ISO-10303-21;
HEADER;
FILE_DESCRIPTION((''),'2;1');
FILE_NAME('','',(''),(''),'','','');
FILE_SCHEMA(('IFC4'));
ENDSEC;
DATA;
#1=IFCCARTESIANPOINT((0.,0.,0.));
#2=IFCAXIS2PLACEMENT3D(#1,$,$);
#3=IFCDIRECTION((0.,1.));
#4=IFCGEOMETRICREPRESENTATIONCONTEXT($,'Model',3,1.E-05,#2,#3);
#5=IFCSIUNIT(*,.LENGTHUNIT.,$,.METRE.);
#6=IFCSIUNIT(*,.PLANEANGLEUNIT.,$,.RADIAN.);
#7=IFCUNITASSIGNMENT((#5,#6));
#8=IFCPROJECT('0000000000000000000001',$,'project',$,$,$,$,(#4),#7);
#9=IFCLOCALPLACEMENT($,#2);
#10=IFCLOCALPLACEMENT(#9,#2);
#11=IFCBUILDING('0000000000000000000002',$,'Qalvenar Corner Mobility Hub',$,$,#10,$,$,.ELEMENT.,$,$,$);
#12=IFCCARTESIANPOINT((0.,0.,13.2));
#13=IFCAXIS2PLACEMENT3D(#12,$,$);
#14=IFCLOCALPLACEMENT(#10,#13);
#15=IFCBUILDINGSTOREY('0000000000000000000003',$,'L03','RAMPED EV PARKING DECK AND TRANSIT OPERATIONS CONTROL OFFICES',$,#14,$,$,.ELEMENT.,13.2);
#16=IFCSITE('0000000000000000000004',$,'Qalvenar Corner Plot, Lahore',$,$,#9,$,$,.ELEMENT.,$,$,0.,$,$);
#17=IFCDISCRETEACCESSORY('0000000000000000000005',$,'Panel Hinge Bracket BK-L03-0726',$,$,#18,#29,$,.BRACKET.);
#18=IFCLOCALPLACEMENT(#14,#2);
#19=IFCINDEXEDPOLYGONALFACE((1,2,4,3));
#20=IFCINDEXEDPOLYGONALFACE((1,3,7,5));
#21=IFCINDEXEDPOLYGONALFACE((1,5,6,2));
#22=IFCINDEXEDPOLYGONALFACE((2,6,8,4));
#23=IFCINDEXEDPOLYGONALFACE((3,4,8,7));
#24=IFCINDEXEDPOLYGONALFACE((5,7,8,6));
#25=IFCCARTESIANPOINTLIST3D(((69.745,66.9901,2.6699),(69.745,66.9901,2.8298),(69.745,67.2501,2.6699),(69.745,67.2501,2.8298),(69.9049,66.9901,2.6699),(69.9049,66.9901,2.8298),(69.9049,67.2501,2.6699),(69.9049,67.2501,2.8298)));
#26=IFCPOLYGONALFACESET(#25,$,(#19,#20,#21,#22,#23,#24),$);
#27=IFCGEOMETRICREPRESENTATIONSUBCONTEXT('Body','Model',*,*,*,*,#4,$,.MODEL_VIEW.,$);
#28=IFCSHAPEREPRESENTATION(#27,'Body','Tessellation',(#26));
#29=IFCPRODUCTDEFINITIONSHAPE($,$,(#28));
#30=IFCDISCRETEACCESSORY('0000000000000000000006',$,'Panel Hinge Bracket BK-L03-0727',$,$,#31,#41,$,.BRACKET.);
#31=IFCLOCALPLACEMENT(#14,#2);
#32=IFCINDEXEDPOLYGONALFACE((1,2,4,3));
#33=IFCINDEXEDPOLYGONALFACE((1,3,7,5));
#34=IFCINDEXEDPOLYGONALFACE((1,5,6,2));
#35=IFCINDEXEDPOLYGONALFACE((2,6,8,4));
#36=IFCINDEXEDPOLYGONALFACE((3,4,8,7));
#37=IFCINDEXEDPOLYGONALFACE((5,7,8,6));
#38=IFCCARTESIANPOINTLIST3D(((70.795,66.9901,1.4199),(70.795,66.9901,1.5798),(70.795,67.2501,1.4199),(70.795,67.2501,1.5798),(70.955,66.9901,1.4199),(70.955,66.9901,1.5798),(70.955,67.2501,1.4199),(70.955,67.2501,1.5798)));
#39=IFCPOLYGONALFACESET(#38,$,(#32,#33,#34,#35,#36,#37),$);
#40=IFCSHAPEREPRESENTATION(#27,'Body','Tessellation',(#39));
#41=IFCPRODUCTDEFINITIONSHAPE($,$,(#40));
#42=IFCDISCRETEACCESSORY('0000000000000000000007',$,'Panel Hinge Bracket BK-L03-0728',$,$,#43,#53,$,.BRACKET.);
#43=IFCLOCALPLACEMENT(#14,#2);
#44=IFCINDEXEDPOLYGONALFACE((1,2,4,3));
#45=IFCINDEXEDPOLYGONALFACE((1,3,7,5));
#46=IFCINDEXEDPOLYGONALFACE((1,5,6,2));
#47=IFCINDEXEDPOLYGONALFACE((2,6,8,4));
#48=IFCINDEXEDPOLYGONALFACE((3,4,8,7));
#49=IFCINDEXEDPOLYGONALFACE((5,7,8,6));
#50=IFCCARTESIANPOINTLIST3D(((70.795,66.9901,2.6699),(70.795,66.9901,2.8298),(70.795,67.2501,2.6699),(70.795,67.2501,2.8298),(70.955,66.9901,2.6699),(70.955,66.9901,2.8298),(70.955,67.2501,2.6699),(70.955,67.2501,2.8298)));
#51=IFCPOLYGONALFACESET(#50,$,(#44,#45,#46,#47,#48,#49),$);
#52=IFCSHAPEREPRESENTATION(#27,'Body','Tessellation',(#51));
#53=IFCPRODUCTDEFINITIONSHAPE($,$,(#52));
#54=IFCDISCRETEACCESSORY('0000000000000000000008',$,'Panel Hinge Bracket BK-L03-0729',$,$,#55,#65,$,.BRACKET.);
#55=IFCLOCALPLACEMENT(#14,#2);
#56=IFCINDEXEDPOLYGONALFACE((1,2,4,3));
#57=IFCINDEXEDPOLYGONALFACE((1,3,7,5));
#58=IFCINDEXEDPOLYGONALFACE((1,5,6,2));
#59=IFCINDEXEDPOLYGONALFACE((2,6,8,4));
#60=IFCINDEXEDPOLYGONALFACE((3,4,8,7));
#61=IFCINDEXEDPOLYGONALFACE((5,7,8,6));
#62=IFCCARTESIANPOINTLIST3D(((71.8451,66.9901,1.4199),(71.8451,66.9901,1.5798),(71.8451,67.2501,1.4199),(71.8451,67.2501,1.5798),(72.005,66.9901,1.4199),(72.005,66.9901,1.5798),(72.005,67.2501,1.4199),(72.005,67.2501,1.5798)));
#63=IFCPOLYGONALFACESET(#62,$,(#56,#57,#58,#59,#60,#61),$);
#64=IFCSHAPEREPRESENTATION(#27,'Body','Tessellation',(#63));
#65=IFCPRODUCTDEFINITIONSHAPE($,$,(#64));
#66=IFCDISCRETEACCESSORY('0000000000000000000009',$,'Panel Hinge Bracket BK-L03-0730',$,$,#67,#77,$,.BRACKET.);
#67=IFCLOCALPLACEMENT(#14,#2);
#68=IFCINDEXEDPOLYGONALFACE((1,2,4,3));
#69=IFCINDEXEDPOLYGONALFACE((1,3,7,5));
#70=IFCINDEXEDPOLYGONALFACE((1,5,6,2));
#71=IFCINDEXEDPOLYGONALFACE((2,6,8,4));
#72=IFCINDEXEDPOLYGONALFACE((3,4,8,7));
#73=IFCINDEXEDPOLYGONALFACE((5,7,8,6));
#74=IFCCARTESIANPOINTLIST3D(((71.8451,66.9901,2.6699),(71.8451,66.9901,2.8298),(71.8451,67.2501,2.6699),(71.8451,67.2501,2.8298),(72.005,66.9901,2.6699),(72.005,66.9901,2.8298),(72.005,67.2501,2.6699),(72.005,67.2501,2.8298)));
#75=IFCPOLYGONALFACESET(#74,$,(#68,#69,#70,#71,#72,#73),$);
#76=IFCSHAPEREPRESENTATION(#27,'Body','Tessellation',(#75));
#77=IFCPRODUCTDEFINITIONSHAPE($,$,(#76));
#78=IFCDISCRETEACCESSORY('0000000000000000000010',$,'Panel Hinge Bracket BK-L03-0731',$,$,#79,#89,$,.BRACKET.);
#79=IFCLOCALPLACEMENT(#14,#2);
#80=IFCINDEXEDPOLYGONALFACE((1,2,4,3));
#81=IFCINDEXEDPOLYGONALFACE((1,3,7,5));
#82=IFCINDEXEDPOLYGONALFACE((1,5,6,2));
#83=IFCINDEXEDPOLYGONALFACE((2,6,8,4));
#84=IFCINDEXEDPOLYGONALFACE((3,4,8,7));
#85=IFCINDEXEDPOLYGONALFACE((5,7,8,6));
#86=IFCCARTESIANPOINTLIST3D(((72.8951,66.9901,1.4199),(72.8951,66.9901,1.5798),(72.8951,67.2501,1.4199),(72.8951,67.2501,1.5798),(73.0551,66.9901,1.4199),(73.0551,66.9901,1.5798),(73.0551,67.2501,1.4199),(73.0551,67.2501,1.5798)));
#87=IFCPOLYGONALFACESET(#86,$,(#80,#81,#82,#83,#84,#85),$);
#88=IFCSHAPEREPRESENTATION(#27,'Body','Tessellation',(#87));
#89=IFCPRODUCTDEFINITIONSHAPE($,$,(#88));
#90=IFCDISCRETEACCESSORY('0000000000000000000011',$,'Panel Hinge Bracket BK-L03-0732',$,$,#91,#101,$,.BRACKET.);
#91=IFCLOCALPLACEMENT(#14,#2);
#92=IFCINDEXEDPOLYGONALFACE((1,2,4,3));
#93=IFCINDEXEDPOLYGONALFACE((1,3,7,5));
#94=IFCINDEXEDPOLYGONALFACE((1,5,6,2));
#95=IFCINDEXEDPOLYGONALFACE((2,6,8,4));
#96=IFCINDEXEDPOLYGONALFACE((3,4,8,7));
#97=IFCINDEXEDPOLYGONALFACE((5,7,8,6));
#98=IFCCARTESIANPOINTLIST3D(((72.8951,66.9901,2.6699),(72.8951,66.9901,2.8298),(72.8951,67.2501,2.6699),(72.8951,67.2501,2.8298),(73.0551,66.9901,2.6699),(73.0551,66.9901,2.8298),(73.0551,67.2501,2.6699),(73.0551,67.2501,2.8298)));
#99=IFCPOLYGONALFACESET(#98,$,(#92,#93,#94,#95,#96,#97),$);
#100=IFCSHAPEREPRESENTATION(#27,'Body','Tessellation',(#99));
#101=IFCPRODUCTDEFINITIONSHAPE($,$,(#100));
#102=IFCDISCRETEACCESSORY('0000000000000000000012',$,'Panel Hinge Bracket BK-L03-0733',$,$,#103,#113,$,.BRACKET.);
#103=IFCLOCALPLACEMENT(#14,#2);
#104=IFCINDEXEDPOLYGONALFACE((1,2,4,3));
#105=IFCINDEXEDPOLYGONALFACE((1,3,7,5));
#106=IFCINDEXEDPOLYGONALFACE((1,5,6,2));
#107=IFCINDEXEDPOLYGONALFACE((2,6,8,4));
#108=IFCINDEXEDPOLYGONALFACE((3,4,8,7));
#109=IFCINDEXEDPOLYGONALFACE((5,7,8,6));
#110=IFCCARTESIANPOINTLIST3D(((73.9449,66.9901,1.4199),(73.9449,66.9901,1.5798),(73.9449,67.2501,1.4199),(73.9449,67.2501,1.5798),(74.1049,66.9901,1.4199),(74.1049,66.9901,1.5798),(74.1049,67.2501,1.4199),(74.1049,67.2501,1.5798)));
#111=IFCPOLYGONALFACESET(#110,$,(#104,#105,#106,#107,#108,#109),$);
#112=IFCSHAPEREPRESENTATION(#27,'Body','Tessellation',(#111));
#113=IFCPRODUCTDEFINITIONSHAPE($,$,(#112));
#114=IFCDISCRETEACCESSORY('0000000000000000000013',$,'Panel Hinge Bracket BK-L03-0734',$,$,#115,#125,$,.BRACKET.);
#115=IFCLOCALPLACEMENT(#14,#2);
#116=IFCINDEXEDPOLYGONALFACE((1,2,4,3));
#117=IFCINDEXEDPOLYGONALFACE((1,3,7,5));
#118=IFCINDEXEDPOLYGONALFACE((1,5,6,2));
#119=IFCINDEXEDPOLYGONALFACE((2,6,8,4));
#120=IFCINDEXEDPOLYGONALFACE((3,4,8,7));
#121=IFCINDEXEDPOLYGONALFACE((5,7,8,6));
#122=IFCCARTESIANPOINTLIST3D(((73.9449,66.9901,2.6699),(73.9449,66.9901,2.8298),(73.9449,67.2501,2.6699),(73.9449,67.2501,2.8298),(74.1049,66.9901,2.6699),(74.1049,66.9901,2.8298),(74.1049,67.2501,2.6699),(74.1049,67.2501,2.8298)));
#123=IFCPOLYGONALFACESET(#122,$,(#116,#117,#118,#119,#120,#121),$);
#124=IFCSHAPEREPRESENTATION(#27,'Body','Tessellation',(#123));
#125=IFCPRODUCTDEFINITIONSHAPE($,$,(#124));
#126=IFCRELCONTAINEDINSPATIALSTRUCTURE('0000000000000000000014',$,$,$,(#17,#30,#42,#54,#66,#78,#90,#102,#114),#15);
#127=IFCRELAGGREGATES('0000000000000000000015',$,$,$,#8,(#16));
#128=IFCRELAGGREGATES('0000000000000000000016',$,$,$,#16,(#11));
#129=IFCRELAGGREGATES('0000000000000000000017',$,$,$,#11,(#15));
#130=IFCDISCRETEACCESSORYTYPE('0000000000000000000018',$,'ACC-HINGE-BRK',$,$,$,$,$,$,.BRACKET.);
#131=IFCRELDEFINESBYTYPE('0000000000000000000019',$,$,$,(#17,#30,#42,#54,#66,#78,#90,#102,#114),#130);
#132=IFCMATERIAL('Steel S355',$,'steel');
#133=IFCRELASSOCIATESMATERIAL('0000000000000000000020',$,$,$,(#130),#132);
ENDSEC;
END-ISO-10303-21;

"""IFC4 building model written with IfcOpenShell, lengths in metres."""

from ifc_helpers import new_model, si_unit, direction, frame, origin, origin_2d, place, context, subcontext, project, spatial, rectangle, extrude, material, type_object, element, save


model = new_model("IFC4")

# Units and contexts
model_context = context("Model", 3, precision=1e-05, world=origin(), true_north=direction((0.0, 1.0)))
body_context = subcontext(model_context, "Body", "Model", "MODEL_VIEW")
ifc_project = project(units=[si_unit("LENGTHUNIT", "METRE"), si_unit("PLANEANGLEUNIT", "RADIAN")], contexts=[model_context])

# Site, building, storey
site_placement = place(None, origin())
site = spatial("IfcSite", under=ifc_project, at=site_placement, Name="Qalvenar Corner Plot, Lahore", CompositionType="ELEMENT", RefElevation=0.0)
building_placement = place(site_placement, origin())
building = spatial("IfcBuilding", under=site, at=building_placement, Name="Qalvenar Corner Mobility Hub", CompositionType="ELEMENT")
storey_placement = place(building_placement, frame((0.0, 0.0, 13.2)))
storey = spatial("IfcBuildingStorey", under=building, at=storey_placement, Name="L03", Description="RAMPED EV PARKING DECK AND TRANSIT OPERATIONS CONTROL OFFICES", CompositionType="ELEMENT", Elevation=13.2)

# Discrete accessories
ifc_material_1 = material(Name="Steel S355", Category="steel")
discrete_accessory_type = type_object("IfcDiscreteAccessoryType", Name="ACC-HINGE-BRK", PredefinedType="BRACKET", material=ifc_material_1)
for number, where, z_axis, x_axis, name in (
    (1, (69.825, 67.1201, 2.6699), (0.0, 0.0, 1.0), (1.0, 0.0, 0.0), "Panel Hinge Bracket BK-L03-0726"),
    (2, (70.875, 67.1201, 1.4199), (0.0, 0.0, 1.0), (1.0, 0.0, 0.0), "Panel Hinge Bracket BK-L03-0727"),
    (3, (70.875, 67.1201, 2.6699), (0.0, 0.0, 1.0), (1.0, 0.0, 0.0), "Panel Hinge Bracket BK-L03-0728"),
    (4, (71.925, 67.1201, 1.4199), (0.0, 0.0, 1.0), (1.0, 0.0, 0.0), "Panel Hinge Bracket BK-L03-0729"),
    (5, (71.925, 67.1201, 2.6699), (0.0, 0.0, 1.0), (1.0, 0.0, 0.0), "Panel Hinge Bracket BK-L03-0730"),
    (6, (72.9751, 67.1201, 1.4199), (0.0, 0.0, 1.0), (1.0, 0.0, 0.0), "Panel Hinge Bracket BK-L03-0731"),
    (7, (72.9751, 67.1201, 2.6699), (0.0, 0.0, 1.0), (1.0, 0.0, 0.0), "Panel Hinge Bracket BK-L03-0732"),
    (8, (74.0249, 67.1201, 1.4199), (0.0, 0.0, 1.0), (1.0, 0.0, 0.0), "Panel Hinge Bracket BK-L03-0733"),
    (9, (74.0249, 67.1201, 2.6699), (0.0, 0.0, 1.0), (1.0, 0.0, 0.0), "Panel Hinge Bracket BK-L03-0734"),
):
    element("IfcDiscreteAccessory", number, at=place(storey_placement, frame(where, z_axis=z_axis, x_axis=x_axis)), inside=storey, type_object=discrete_accessory_type, Name=name, PredefinedType="BRACKET", context=body_context, shape_type="SweptSolid", body=[
        extrude(rectangle(XDim=0.1599, YDim=0.26, at=origin_2d()), origin(), (0.0, 0.0, 1.0), 0.1599),
    ])

save(model, "model.ifc")
